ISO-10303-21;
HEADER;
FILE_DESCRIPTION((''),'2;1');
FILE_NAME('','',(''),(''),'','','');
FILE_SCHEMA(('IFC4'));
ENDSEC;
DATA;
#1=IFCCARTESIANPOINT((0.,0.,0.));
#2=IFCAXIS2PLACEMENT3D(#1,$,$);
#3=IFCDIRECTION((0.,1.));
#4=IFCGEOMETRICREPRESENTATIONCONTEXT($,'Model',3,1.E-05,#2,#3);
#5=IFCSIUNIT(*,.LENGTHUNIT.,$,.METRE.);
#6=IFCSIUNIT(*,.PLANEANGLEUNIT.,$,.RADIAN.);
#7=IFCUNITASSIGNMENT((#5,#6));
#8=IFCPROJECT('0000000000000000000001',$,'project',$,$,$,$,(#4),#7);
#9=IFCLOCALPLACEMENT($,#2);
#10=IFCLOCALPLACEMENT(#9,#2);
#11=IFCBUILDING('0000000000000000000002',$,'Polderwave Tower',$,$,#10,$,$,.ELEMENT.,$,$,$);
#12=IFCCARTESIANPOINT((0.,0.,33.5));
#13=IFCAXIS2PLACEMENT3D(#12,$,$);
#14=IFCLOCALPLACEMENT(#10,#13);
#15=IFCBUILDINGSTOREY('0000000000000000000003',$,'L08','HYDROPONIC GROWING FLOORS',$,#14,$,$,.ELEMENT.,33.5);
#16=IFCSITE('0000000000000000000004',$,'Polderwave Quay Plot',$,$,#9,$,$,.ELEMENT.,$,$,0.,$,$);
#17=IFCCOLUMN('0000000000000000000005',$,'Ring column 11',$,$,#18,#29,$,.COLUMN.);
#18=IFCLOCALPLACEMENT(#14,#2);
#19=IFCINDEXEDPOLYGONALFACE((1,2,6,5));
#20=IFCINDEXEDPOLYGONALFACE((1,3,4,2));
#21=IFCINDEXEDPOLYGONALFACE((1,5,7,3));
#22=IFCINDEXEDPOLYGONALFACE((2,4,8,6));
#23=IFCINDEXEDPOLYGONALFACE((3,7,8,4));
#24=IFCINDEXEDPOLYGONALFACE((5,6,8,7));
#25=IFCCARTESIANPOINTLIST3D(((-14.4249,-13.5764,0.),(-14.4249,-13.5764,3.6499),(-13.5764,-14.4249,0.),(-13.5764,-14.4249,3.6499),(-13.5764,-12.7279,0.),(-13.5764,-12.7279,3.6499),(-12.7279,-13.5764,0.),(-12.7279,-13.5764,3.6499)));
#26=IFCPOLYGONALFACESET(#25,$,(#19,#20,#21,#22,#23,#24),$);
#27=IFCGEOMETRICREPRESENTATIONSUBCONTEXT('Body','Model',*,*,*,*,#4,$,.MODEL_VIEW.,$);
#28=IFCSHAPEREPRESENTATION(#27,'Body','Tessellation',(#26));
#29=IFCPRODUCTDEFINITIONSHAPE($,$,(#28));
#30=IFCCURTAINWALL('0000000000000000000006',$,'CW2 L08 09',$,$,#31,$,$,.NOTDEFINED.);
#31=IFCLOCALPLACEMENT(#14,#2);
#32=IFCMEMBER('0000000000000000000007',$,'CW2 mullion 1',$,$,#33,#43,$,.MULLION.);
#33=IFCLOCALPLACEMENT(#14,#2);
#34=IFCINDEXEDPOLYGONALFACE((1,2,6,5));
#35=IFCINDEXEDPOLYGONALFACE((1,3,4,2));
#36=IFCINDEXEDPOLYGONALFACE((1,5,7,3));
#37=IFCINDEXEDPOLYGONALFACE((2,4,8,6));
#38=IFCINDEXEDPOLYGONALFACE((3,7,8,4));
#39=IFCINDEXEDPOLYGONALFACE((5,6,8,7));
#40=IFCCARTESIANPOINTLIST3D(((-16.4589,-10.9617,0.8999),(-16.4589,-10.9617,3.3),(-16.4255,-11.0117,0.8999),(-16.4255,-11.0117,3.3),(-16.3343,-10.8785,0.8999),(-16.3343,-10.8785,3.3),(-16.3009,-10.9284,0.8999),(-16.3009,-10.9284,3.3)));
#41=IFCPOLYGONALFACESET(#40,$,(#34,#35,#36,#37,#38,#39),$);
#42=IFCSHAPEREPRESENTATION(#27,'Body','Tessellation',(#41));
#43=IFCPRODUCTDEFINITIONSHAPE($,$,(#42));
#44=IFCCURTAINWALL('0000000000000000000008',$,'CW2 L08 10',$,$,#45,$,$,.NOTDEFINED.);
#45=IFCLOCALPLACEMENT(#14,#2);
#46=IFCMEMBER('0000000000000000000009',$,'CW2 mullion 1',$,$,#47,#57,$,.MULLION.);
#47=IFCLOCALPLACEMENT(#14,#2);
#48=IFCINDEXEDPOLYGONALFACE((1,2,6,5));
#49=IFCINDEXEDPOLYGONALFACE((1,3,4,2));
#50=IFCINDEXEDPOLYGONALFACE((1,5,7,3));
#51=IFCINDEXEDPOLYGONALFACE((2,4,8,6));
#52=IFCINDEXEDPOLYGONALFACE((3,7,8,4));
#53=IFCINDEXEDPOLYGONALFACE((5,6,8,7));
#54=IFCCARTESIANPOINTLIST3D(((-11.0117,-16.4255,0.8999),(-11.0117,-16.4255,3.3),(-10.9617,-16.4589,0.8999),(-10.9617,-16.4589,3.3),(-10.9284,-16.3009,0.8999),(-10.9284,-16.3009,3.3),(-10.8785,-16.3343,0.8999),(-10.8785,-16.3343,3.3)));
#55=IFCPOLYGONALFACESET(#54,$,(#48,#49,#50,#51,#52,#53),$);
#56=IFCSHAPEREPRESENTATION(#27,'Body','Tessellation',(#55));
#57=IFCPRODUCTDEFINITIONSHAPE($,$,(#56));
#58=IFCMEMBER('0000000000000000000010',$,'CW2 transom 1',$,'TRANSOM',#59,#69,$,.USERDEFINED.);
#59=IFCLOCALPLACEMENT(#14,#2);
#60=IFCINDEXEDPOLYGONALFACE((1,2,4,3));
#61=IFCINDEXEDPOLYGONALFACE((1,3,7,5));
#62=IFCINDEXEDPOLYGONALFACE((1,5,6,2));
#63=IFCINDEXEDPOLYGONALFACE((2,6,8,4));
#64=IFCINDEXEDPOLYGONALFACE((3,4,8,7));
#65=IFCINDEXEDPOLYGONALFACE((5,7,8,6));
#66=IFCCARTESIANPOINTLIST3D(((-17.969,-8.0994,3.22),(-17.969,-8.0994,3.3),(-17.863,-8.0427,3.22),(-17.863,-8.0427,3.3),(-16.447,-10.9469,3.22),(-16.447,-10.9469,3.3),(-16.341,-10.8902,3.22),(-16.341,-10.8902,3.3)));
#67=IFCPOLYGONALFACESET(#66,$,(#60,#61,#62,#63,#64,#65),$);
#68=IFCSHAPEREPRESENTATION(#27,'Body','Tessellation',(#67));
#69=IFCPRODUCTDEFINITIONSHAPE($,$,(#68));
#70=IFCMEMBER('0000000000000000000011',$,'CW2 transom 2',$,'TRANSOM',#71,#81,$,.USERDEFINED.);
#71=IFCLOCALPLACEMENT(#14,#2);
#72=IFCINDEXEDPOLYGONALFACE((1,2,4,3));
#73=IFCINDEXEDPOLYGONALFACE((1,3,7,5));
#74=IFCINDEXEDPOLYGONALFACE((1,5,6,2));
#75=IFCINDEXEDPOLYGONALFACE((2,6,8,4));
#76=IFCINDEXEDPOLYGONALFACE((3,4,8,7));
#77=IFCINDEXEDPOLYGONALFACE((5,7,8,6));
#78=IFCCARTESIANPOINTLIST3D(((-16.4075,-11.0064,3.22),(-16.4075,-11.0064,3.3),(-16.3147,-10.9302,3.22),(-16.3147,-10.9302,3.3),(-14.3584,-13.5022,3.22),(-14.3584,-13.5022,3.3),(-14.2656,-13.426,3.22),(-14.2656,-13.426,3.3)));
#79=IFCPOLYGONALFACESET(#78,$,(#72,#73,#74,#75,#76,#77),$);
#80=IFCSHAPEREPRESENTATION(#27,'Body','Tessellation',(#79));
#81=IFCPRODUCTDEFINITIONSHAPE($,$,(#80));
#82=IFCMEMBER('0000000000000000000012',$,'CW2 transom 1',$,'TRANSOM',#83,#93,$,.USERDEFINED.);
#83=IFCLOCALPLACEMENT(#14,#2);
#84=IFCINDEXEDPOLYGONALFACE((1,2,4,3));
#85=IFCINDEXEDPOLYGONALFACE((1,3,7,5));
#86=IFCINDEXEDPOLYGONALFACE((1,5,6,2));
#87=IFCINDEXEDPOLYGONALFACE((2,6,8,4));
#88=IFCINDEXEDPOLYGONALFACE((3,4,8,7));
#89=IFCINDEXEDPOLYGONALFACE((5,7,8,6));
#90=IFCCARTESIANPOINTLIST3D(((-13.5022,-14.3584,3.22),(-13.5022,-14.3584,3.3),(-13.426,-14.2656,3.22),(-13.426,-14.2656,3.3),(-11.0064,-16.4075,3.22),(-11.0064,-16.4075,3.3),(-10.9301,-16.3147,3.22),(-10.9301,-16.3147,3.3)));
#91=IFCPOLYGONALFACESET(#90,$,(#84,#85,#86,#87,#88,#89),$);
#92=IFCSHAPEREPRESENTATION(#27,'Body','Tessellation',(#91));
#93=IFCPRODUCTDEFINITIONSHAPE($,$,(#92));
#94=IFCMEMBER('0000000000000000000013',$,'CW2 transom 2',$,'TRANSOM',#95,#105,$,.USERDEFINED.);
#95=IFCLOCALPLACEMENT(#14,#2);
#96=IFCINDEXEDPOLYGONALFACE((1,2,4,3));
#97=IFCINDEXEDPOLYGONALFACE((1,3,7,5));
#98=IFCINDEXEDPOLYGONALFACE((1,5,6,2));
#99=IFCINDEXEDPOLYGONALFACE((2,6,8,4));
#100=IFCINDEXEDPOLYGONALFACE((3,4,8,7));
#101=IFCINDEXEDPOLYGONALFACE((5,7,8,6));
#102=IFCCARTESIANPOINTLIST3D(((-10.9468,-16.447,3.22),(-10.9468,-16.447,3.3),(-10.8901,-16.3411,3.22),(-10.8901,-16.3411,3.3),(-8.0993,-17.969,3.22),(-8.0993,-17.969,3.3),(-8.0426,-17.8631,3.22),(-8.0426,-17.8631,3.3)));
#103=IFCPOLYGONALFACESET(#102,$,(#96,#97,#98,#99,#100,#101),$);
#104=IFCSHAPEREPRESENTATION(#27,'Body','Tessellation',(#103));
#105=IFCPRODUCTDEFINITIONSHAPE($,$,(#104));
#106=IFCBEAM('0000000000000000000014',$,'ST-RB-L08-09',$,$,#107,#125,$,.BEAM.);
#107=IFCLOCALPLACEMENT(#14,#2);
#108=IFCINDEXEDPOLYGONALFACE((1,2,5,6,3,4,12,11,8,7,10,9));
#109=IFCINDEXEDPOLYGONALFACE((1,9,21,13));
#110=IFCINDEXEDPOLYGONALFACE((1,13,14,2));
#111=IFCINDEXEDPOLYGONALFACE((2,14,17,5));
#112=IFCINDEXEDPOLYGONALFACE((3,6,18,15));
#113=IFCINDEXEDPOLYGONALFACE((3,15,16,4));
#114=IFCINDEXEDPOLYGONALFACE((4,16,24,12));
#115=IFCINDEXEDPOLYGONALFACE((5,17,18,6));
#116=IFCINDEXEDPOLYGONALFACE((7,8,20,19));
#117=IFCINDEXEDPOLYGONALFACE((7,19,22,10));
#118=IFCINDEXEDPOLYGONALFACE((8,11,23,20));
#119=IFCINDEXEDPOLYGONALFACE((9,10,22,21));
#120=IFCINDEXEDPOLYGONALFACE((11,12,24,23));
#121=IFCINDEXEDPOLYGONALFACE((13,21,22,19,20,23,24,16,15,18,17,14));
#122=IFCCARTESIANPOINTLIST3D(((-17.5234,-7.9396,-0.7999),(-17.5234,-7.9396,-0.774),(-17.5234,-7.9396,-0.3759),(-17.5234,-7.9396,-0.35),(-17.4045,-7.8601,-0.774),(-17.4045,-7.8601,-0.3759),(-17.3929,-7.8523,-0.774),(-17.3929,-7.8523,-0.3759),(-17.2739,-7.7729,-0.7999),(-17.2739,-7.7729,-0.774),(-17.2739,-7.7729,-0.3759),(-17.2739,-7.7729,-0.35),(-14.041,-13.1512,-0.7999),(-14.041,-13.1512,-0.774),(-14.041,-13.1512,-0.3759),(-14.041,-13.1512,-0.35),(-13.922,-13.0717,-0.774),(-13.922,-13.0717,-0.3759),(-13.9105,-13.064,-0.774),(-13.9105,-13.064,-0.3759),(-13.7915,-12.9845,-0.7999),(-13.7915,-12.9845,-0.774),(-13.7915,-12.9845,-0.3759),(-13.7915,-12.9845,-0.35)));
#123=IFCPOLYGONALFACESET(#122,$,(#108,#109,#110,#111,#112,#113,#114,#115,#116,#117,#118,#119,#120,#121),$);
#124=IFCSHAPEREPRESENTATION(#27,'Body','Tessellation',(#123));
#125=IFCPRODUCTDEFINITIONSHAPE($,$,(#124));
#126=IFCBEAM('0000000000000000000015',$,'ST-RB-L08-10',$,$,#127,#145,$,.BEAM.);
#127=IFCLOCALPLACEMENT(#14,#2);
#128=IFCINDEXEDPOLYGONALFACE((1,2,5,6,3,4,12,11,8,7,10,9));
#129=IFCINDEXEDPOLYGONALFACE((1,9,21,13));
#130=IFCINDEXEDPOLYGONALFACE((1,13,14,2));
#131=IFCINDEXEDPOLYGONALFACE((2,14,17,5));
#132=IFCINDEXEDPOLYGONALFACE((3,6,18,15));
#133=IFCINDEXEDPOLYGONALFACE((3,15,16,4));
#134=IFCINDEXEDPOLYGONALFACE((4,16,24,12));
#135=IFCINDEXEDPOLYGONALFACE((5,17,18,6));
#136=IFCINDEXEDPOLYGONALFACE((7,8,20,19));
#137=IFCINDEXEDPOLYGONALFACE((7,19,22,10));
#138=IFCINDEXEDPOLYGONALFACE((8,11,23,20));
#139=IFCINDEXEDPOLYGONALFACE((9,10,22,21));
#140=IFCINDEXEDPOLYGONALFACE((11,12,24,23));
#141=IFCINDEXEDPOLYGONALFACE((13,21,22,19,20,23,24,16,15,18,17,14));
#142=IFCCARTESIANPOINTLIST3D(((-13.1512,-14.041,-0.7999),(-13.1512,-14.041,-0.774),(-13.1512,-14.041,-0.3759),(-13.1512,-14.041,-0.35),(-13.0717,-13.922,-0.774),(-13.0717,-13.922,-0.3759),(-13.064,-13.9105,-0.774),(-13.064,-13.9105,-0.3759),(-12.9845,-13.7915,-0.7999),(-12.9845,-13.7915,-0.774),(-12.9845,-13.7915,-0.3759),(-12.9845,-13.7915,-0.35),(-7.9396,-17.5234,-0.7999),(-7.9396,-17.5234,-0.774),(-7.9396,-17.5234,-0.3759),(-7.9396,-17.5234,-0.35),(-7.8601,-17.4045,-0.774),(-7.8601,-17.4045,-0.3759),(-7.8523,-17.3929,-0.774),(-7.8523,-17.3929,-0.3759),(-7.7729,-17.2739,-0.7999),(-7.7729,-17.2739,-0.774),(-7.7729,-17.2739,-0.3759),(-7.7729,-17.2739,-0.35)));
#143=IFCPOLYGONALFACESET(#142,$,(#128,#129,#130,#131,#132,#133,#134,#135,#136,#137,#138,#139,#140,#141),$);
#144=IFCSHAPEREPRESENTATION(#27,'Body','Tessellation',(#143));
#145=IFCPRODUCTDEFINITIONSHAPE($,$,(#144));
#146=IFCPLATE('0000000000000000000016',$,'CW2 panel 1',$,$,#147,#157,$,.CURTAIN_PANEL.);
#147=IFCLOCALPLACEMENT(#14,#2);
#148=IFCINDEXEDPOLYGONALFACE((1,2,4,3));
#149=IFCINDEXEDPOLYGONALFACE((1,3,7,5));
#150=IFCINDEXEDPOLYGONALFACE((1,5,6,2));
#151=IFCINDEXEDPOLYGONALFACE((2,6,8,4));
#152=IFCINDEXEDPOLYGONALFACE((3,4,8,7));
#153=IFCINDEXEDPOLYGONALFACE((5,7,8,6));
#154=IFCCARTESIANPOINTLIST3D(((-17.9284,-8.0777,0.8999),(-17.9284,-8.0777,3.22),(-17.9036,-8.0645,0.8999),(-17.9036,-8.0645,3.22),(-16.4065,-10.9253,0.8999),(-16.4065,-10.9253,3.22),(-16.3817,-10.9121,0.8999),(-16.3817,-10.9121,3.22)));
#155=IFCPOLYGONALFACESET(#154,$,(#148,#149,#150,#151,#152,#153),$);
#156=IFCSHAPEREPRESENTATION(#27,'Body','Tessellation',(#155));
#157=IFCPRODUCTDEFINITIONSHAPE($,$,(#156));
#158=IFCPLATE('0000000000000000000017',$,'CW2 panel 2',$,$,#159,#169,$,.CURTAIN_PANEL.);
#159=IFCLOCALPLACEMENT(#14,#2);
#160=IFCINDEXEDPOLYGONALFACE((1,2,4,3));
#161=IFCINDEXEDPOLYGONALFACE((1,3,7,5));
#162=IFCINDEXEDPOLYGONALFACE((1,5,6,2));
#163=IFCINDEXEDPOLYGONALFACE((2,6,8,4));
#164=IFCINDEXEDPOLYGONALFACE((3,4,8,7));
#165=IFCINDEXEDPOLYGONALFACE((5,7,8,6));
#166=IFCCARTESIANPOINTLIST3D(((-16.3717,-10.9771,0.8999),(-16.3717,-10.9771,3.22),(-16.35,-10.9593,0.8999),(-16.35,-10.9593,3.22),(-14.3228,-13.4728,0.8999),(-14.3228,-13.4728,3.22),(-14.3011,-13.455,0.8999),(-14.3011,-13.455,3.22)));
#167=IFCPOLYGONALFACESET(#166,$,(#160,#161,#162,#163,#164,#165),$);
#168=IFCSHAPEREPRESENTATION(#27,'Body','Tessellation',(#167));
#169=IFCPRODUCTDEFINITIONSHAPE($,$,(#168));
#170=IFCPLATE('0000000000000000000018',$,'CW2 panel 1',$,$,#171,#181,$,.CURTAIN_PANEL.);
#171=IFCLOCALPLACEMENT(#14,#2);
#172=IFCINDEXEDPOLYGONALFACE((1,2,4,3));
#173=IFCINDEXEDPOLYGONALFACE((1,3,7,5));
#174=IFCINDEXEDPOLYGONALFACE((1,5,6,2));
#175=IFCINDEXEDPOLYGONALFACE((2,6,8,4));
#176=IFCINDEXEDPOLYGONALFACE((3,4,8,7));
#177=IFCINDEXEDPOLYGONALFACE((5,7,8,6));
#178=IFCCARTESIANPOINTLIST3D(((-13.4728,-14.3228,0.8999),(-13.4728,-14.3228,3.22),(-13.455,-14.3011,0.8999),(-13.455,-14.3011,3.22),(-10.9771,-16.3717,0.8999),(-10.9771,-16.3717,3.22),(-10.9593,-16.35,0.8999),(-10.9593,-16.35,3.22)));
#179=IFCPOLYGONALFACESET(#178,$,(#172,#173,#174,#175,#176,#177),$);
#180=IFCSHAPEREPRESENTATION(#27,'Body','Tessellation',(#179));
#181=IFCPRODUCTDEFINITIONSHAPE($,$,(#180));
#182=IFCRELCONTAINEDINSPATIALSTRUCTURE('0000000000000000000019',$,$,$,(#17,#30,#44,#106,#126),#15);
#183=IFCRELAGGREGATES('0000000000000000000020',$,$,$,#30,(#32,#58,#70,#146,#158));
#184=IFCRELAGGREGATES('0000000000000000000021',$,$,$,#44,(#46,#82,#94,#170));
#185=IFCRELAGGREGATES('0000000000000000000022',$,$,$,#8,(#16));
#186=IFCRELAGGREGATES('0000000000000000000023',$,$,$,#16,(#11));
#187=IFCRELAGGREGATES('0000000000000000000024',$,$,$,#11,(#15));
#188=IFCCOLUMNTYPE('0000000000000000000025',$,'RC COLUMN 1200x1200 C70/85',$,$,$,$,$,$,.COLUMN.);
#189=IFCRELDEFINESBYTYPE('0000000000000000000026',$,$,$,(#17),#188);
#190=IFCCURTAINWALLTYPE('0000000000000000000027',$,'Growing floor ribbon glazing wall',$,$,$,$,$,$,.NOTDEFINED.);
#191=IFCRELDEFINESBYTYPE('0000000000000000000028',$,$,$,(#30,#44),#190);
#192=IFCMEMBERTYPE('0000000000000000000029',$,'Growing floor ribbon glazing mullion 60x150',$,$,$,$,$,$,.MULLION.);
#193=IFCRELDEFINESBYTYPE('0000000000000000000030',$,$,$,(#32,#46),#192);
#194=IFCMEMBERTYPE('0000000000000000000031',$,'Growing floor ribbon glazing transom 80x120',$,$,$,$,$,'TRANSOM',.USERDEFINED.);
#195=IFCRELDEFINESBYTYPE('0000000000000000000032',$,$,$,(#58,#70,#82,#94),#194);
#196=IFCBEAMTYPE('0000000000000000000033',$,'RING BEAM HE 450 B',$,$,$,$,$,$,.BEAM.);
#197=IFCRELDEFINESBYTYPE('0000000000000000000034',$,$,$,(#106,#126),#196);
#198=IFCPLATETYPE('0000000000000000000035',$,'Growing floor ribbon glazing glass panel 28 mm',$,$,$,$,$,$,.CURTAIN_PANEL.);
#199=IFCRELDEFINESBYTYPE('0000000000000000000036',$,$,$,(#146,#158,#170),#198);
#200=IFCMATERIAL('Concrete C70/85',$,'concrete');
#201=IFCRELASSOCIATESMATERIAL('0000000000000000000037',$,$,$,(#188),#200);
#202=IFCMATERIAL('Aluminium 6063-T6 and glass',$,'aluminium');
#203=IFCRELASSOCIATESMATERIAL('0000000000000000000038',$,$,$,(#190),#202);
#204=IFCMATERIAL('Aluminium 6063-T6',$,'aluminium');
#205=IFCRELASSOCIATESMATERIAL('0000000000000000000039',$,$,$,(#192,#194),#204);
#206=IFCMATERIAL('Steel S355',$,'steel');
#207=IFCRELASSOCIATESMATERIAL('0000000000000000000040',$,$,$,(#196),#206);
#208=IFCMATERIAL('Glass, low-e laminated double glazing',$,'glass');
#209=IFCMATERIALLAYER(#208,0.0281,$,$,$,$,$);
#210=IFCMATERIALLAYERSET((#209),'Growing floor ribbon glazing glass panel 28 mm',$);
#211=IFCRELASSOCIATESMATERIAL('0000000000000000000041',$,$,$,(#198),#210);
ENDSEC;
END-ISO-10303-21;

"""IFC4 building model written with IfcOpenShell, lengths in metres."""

from ifc_helpers import new_model, si_unit, direction, frame, origin, origin_2d, place, context, subcontext, project, spatial, rectangle, i_section, extrude, material, layer, layer_set, material_profile, profile_set, type_object, element, aggregate, save


model = new_model("IFC4")

# Units and contexts
model_context = context("Model", 3, precision=1e-05, world=origin(), true_north=direction((0.0, 1.0)))
body_context = subcontext(model_context, "Body", "Model", "MODEL_VIEW")
ifc_project = project(units=[si_unit("LENGTHUNIT", "METRE"), si_unit("PLANEANGLEUNIT", "RADIAN")], contexts=[model_context])

# Site, building, storey
site_placement = place(None, origin())
site = spatial("IfcSite", under=ifc_project, at=site_placement, Name="Polderwave Quay Plot", CompositionType="ELEMENT", RefElevation=0.0)
building_placement = place(site_placement, origin())
building = spatial("IfcBuilding", under=site, at=building_placement, Name="Polderwave Tower", CompositionType="ELEMENT")
storey_placement = place(building_placement, frame((0.0, 0.0, 33.5)))
storey = spatial("IfcBuildingStorey", under=building, at=storey_placement, Name="L08", Description="HYDROPONIC GROWING FLOORS", CompositionType="ELEMENT", Elevation=33.5)

# Column
ifc_material_1 = material(Name="Concrete C70/85", Category="concrete")
ifc_material_profile_1 = material_profile(ifc_material_1, rectangle(XDim=1.2, YDim=1.2, at=origin_2d()), Name="RC 1200x1200")
ifc_profile_set_1 = profile_set([ifc_material_profile_1], Name="Concrete C70/85")
column_type = type_object("IfcColumnType", Name="RC COLUMN 1200x1200 C70/85", PredefinedType="COLUMN", material=ifc_profile_set_1)
column_placement = place(storey_placement, frame((-13.5764, -13.5764, 0.0), z_axis=(0.0, 0.0, 1.0), x_axis=(-0.707107, -0.707107, 0.0)))
element("IfcColumn", 1, at=column_placement, inside=storey, type_object=column_type, Name="Ring column 11", PredefinedType="COLUMN", context=body_context, shape_type="SweptSolid", body=[
    extrude(rectangle(XDim=1.2, YDim=1.2, at=origin_2d()), origin(), (0.0, 0.0, 1.0), 3.6499),
])

# Curtain walls, members
ifc_material_2 = material(Name="Aluminium 6063-T6 and glass", Category="aluminium")
curtain_wall_type = type_object("IfcCurtainWallType", Name="Growing floor ribbon glazing wall", PredefinedType="NOTDEFINED", material=ifc_material_2)
curtain_wall_1_placement = place(storey_placement, origin())
curtain_wall_1 = element("IfcCurtainWall", 2, at=curtain_wall_1_placement, inside=storey, type_object=curtain_wall_type, Name="CW2 L08 09", PredefinedType="NOTDEFINED")
ifc_material_3 = material(Name="Aluminium 6063-T6", Category="aluminium")
ifc_material_profile_2 = material_profile(ifc_material_3, rectangle(XDim=0.1499, YDim=0.0601, at=origin_2d()), Name="AL 60x150")
ifc_profile_set_2 = profile_set([ifc_material_profile_2], Name="Aluminium 6063-T6")
member_type_1 = type_object("IfcMemberType", Name="Growing floor ribbon glazing mullion 60x150", PredefinedType="MULLION", material=ifc_profile_set_2)
member_1_placement = place(storey_placement, frame((-16.3799, -10.9451, 0.8999), z_axis=(0.0, 0.0, 1.0), x_axis=(0.831437, 0.55562, 0.0)))
member_1 = element("IfcMember", 3, at=member_1_placement, type_object=member_type_1, Name="CW2 mullion 1", PredefinedType="MULLION", context=body_context, shape_type="SweptSolid", body=[
    extrude(rectangle(XDim=0.1499, YDim=0.0601, at=origin_2d()), origin(), (0.0, 0.0, 1.0), 2.4001),
])
curtain_wall_2_placement = place(storey_placement, origin())
curtain_wall_2 = element("IfcCurtainWall", 4, at=curtain_wall_2_placement, inside=storey, type_object=curtain_wall_type, Name="CW2 L08 10", PredefinedType="NOTDEFINED")
member_2_placement = place(storey_placement, frame((-10.9451, -16.3799, 0.8999), z_axis=(0.0, 0.0, 1.0), x_axis=(0.55562, 0.831437, 0.0)))
member_2 = element("IfcMember", 5, at=member_2_placement, type_object=member_type_1, Name="CW2 mullion 1", PredefinedType="MULLION", context=body_context, shape_type="SweptSolid", body=[
    extrude(rectangle(XDim=0.1499, YDim=0.0601, at=origin_2d()), origin(), (0.0, 0.0, 1.0), 2.4001),
])

# Members
ifc_material_profile_3 = material_profile(ifc_material_3, rectangle(XDim=0.1201, YDim=0.0801, at=origin_2d()), Name="AL 80x120")
ifc_profile_set_3 = profile_set([ifc_material_profile_3], Name="Aluminium 6063-T6")
member_type_2 = type_object("IfcMemberType", Name="Growing floor ribbon glazing transom 80x120", ElementType="TRANSOM", PredefinedType="USERDEFINED", material=ifc_profile_set_3)
member_3_placement = place(storey_placement, frame((-17.916, -8.071, 3.26), z_axis=(0.471397, -0.881921, 0.0), x_axis=(0.881921, 0.471397, 0.0)))
member_3 = element("IfcMember", 6, at=member_3_placement, type_object=member_type_2, Name="CW2 transom 1", ObjectType="TRANSOM", PredefinedType="USERDEFINED", context=body_context, shape_type="SweptSolid", body=[
    extrude(rectangle(XDim=0.1201, YDim=0.0801, at=origin_2d()), origin(), (0.0, 0.0, 1.0), 3.2288),
])
member_4_placement = place(storey_placement, frame((-16.3611, -10.9683, 3.26), z_axis=(0.634538, -0.772892, 0.0), x_axis=(0.772892, 0.634538, 0.0)))
member_4 = element("IfcMember", 7, at=member_4_placement, type_object=member_type_2, Name="CW2 transom 2", ObjectType="TRANSOM", PredefinedType="USERDEFINED", context=body_context, shape_type="SweptSolid", body=[
    extrude(rectangle(XDim=0.1201, YDim=0.0801, at=origin_2d()), origin(), (0.0, 0.0, 1.0), 3.2292),
])
member_5_placement = place(storey_placement, frame((-13.4641, -14.312, 3.26), z_axis=(0.772892, -0.634538, 0.0), x_axis=(0.634538, 0.772892, 0.0)))
member_5 = element("IfcMember", 8, at=member_5_placement, type_object=member_type_2, Name="CW2 transom 1", ObjectType="TRANSOM", PredefinedType="USERDEFINED", context=body_context, shape_type="SweptSolid", body=[
    extrude(rectangle(XDim=0.1201, YDim=0.0801, at=origin_2d()), origin(), (0.0, 0.0, 1.0), 3.2292),
])
member_6_placement = place(storey_placement, frame((-10.9185, -16.394, 3.26), z_axis=(0.881921, -0.471397, 0.0), x_axis=(0.471397, 0.881921, 0.0)))
member_6 = element("IfcMember", 9, at=member_6_placement, type_object=member_type_2, Name="CW2 transom 2", ObjectType="TRANSOM", PredefinedType="USERDEFINED", context=body_context, shape_type="SweptSolid", body=[
    extrude(rectangle(XDim=0.1201, YDim=0.0801, at=origin_2d()), origin(), (0.0, 0.0, 1.0), 3.2288),
])

# Beams
ifc_material_4 = material(Name="Steel S355", Category="steel")
ifc_material_profile_4 = material_profile(ifc_material_4, i_section(OverallWidth=0.3, OverallDepth=0.45, WebThickness=0.0139, FlangeThickness=0.0259, at=origin_2d()), Name="HE 450 B")
ifc_profile_set_4 = profile_set([ifc_material_profile_4], Name="Steel S355")
beam_type = type_object("IfcBeamType", Name="RING BEAM HE 450 B", PredefinedType="BEAM", material=ifc_profile_set_4)
for number, where, z_axis, x_axis, name in (
    (10, (-17.3987, -7.8562, -0.575), (0.555581, -0.831463, 0.0), (0.831463, 0.555581, 0.0), "ST-RB-L08-09"),
    (11, (-13.0679, -13.9163, -0.575), (0.831463, -0.555581, 0.0), (0.555581, 0.831463, 0.0), "ST-RB-L08-10"),
):
    element("IfcBeam", number, at=place(storey_placement, frame(where, z_axis=z_axis, x_axis=x_axis)), inside=storey, type_object=beam_type, Name=name, PredefinedType="BEAM", context=body_context, shape_type="SweptSolid", body=[
        extrude(i_section(OverallWidth=0.3, OverallDepth=0.45, WebThickness=0.0139, FlangeThickness=0.0259, at=origin_2d()), origin(), (0.0, 0.0, 1.0), 6.2681),
    ])

# Plates
ifc_material_5 = material(Name="Glass, low-e laminated double glazing", Category="glass")
ifc_layer_1 = layer(ifc_material_5, 0.0281)
ifc_layer_set_1 = layer_set([ifc_layer_1], Name="Growing floor ribbon glazing glass panel 28 mm")
plate_type = type_object("IfcPlateType", Name="Growing floor ribbon glazing glass panel 28 mm", PredefinedType="CURTAIN_PANEL", material=ifc_layer_set_1)
plate_1_placement = place(storey_placement, frame((-17.155, -9.4949, 0.8999), z_axis=(0.0, 0.0, 1.0), x_axis=(0.471352, -0.881945, 0.0)))
plate_1 = element("IfcPlate", 12, at=plate_1_placement, type_object=plate_type, Name="CW2 panel 1", PredefinedType="CURTAIN_PANEL", context=body_context, shape_type="SweptSolid", body=[
    extrude(rectangle(XDim=3.2288, YDim=0.0281, at=origin_2d()), origin(), (0.0, 0.0, 1.0), 2.3201),
])
plate_2_placement = place(storey_placement, frame((-15.3364, -12.2161, 0.8999), z_axis=(0.0, 0.0, 1.0), x_axis=(0.634524, -0.772903, 0.0)))
plate_2 = element("IfcPlate", 13, at=plate_2_placement, type_object=plate_type, Name="CW2 panel 2", PredefinedType="CURTAIN_PANEL", context=body_context, shape_type="SweptSolid", body=[
    extrude(rectangle(XDim=3.229, YDim=0.0281, at=origin_2d()), origin(), (0.0, 0.0, 1.0), 2.3201),
])
aggregate(curtain_wall_1, [member_1, member_3, member_4, plate_1, plate_2])
plate_3_placement = place(storey_placement, frame((-12.2161, -15.3364, 0.8999), z_axis=(0.0, 0.0, 1.0), x_axis=(0.772903, -0.634524, 0.0)))
plate_3 = element("IfcPlate", 14, at=plate_3_placement, type_object=plate_type, Name="CW2 panel 1", PredefinedType="CURTAIN_PANEL", context=body_context, shape_type="SweptSolid", body=[
    extrude(rectangle(XDim=3.229, YDim=0.0281, at=origin_2d()), origin(), (0.0, 0.0, 1.0), 2.3201),
])
aggregate(curtain_wall_2, [member_2, member_5, member_6, plate_3])

save(model, "model.ifc")
